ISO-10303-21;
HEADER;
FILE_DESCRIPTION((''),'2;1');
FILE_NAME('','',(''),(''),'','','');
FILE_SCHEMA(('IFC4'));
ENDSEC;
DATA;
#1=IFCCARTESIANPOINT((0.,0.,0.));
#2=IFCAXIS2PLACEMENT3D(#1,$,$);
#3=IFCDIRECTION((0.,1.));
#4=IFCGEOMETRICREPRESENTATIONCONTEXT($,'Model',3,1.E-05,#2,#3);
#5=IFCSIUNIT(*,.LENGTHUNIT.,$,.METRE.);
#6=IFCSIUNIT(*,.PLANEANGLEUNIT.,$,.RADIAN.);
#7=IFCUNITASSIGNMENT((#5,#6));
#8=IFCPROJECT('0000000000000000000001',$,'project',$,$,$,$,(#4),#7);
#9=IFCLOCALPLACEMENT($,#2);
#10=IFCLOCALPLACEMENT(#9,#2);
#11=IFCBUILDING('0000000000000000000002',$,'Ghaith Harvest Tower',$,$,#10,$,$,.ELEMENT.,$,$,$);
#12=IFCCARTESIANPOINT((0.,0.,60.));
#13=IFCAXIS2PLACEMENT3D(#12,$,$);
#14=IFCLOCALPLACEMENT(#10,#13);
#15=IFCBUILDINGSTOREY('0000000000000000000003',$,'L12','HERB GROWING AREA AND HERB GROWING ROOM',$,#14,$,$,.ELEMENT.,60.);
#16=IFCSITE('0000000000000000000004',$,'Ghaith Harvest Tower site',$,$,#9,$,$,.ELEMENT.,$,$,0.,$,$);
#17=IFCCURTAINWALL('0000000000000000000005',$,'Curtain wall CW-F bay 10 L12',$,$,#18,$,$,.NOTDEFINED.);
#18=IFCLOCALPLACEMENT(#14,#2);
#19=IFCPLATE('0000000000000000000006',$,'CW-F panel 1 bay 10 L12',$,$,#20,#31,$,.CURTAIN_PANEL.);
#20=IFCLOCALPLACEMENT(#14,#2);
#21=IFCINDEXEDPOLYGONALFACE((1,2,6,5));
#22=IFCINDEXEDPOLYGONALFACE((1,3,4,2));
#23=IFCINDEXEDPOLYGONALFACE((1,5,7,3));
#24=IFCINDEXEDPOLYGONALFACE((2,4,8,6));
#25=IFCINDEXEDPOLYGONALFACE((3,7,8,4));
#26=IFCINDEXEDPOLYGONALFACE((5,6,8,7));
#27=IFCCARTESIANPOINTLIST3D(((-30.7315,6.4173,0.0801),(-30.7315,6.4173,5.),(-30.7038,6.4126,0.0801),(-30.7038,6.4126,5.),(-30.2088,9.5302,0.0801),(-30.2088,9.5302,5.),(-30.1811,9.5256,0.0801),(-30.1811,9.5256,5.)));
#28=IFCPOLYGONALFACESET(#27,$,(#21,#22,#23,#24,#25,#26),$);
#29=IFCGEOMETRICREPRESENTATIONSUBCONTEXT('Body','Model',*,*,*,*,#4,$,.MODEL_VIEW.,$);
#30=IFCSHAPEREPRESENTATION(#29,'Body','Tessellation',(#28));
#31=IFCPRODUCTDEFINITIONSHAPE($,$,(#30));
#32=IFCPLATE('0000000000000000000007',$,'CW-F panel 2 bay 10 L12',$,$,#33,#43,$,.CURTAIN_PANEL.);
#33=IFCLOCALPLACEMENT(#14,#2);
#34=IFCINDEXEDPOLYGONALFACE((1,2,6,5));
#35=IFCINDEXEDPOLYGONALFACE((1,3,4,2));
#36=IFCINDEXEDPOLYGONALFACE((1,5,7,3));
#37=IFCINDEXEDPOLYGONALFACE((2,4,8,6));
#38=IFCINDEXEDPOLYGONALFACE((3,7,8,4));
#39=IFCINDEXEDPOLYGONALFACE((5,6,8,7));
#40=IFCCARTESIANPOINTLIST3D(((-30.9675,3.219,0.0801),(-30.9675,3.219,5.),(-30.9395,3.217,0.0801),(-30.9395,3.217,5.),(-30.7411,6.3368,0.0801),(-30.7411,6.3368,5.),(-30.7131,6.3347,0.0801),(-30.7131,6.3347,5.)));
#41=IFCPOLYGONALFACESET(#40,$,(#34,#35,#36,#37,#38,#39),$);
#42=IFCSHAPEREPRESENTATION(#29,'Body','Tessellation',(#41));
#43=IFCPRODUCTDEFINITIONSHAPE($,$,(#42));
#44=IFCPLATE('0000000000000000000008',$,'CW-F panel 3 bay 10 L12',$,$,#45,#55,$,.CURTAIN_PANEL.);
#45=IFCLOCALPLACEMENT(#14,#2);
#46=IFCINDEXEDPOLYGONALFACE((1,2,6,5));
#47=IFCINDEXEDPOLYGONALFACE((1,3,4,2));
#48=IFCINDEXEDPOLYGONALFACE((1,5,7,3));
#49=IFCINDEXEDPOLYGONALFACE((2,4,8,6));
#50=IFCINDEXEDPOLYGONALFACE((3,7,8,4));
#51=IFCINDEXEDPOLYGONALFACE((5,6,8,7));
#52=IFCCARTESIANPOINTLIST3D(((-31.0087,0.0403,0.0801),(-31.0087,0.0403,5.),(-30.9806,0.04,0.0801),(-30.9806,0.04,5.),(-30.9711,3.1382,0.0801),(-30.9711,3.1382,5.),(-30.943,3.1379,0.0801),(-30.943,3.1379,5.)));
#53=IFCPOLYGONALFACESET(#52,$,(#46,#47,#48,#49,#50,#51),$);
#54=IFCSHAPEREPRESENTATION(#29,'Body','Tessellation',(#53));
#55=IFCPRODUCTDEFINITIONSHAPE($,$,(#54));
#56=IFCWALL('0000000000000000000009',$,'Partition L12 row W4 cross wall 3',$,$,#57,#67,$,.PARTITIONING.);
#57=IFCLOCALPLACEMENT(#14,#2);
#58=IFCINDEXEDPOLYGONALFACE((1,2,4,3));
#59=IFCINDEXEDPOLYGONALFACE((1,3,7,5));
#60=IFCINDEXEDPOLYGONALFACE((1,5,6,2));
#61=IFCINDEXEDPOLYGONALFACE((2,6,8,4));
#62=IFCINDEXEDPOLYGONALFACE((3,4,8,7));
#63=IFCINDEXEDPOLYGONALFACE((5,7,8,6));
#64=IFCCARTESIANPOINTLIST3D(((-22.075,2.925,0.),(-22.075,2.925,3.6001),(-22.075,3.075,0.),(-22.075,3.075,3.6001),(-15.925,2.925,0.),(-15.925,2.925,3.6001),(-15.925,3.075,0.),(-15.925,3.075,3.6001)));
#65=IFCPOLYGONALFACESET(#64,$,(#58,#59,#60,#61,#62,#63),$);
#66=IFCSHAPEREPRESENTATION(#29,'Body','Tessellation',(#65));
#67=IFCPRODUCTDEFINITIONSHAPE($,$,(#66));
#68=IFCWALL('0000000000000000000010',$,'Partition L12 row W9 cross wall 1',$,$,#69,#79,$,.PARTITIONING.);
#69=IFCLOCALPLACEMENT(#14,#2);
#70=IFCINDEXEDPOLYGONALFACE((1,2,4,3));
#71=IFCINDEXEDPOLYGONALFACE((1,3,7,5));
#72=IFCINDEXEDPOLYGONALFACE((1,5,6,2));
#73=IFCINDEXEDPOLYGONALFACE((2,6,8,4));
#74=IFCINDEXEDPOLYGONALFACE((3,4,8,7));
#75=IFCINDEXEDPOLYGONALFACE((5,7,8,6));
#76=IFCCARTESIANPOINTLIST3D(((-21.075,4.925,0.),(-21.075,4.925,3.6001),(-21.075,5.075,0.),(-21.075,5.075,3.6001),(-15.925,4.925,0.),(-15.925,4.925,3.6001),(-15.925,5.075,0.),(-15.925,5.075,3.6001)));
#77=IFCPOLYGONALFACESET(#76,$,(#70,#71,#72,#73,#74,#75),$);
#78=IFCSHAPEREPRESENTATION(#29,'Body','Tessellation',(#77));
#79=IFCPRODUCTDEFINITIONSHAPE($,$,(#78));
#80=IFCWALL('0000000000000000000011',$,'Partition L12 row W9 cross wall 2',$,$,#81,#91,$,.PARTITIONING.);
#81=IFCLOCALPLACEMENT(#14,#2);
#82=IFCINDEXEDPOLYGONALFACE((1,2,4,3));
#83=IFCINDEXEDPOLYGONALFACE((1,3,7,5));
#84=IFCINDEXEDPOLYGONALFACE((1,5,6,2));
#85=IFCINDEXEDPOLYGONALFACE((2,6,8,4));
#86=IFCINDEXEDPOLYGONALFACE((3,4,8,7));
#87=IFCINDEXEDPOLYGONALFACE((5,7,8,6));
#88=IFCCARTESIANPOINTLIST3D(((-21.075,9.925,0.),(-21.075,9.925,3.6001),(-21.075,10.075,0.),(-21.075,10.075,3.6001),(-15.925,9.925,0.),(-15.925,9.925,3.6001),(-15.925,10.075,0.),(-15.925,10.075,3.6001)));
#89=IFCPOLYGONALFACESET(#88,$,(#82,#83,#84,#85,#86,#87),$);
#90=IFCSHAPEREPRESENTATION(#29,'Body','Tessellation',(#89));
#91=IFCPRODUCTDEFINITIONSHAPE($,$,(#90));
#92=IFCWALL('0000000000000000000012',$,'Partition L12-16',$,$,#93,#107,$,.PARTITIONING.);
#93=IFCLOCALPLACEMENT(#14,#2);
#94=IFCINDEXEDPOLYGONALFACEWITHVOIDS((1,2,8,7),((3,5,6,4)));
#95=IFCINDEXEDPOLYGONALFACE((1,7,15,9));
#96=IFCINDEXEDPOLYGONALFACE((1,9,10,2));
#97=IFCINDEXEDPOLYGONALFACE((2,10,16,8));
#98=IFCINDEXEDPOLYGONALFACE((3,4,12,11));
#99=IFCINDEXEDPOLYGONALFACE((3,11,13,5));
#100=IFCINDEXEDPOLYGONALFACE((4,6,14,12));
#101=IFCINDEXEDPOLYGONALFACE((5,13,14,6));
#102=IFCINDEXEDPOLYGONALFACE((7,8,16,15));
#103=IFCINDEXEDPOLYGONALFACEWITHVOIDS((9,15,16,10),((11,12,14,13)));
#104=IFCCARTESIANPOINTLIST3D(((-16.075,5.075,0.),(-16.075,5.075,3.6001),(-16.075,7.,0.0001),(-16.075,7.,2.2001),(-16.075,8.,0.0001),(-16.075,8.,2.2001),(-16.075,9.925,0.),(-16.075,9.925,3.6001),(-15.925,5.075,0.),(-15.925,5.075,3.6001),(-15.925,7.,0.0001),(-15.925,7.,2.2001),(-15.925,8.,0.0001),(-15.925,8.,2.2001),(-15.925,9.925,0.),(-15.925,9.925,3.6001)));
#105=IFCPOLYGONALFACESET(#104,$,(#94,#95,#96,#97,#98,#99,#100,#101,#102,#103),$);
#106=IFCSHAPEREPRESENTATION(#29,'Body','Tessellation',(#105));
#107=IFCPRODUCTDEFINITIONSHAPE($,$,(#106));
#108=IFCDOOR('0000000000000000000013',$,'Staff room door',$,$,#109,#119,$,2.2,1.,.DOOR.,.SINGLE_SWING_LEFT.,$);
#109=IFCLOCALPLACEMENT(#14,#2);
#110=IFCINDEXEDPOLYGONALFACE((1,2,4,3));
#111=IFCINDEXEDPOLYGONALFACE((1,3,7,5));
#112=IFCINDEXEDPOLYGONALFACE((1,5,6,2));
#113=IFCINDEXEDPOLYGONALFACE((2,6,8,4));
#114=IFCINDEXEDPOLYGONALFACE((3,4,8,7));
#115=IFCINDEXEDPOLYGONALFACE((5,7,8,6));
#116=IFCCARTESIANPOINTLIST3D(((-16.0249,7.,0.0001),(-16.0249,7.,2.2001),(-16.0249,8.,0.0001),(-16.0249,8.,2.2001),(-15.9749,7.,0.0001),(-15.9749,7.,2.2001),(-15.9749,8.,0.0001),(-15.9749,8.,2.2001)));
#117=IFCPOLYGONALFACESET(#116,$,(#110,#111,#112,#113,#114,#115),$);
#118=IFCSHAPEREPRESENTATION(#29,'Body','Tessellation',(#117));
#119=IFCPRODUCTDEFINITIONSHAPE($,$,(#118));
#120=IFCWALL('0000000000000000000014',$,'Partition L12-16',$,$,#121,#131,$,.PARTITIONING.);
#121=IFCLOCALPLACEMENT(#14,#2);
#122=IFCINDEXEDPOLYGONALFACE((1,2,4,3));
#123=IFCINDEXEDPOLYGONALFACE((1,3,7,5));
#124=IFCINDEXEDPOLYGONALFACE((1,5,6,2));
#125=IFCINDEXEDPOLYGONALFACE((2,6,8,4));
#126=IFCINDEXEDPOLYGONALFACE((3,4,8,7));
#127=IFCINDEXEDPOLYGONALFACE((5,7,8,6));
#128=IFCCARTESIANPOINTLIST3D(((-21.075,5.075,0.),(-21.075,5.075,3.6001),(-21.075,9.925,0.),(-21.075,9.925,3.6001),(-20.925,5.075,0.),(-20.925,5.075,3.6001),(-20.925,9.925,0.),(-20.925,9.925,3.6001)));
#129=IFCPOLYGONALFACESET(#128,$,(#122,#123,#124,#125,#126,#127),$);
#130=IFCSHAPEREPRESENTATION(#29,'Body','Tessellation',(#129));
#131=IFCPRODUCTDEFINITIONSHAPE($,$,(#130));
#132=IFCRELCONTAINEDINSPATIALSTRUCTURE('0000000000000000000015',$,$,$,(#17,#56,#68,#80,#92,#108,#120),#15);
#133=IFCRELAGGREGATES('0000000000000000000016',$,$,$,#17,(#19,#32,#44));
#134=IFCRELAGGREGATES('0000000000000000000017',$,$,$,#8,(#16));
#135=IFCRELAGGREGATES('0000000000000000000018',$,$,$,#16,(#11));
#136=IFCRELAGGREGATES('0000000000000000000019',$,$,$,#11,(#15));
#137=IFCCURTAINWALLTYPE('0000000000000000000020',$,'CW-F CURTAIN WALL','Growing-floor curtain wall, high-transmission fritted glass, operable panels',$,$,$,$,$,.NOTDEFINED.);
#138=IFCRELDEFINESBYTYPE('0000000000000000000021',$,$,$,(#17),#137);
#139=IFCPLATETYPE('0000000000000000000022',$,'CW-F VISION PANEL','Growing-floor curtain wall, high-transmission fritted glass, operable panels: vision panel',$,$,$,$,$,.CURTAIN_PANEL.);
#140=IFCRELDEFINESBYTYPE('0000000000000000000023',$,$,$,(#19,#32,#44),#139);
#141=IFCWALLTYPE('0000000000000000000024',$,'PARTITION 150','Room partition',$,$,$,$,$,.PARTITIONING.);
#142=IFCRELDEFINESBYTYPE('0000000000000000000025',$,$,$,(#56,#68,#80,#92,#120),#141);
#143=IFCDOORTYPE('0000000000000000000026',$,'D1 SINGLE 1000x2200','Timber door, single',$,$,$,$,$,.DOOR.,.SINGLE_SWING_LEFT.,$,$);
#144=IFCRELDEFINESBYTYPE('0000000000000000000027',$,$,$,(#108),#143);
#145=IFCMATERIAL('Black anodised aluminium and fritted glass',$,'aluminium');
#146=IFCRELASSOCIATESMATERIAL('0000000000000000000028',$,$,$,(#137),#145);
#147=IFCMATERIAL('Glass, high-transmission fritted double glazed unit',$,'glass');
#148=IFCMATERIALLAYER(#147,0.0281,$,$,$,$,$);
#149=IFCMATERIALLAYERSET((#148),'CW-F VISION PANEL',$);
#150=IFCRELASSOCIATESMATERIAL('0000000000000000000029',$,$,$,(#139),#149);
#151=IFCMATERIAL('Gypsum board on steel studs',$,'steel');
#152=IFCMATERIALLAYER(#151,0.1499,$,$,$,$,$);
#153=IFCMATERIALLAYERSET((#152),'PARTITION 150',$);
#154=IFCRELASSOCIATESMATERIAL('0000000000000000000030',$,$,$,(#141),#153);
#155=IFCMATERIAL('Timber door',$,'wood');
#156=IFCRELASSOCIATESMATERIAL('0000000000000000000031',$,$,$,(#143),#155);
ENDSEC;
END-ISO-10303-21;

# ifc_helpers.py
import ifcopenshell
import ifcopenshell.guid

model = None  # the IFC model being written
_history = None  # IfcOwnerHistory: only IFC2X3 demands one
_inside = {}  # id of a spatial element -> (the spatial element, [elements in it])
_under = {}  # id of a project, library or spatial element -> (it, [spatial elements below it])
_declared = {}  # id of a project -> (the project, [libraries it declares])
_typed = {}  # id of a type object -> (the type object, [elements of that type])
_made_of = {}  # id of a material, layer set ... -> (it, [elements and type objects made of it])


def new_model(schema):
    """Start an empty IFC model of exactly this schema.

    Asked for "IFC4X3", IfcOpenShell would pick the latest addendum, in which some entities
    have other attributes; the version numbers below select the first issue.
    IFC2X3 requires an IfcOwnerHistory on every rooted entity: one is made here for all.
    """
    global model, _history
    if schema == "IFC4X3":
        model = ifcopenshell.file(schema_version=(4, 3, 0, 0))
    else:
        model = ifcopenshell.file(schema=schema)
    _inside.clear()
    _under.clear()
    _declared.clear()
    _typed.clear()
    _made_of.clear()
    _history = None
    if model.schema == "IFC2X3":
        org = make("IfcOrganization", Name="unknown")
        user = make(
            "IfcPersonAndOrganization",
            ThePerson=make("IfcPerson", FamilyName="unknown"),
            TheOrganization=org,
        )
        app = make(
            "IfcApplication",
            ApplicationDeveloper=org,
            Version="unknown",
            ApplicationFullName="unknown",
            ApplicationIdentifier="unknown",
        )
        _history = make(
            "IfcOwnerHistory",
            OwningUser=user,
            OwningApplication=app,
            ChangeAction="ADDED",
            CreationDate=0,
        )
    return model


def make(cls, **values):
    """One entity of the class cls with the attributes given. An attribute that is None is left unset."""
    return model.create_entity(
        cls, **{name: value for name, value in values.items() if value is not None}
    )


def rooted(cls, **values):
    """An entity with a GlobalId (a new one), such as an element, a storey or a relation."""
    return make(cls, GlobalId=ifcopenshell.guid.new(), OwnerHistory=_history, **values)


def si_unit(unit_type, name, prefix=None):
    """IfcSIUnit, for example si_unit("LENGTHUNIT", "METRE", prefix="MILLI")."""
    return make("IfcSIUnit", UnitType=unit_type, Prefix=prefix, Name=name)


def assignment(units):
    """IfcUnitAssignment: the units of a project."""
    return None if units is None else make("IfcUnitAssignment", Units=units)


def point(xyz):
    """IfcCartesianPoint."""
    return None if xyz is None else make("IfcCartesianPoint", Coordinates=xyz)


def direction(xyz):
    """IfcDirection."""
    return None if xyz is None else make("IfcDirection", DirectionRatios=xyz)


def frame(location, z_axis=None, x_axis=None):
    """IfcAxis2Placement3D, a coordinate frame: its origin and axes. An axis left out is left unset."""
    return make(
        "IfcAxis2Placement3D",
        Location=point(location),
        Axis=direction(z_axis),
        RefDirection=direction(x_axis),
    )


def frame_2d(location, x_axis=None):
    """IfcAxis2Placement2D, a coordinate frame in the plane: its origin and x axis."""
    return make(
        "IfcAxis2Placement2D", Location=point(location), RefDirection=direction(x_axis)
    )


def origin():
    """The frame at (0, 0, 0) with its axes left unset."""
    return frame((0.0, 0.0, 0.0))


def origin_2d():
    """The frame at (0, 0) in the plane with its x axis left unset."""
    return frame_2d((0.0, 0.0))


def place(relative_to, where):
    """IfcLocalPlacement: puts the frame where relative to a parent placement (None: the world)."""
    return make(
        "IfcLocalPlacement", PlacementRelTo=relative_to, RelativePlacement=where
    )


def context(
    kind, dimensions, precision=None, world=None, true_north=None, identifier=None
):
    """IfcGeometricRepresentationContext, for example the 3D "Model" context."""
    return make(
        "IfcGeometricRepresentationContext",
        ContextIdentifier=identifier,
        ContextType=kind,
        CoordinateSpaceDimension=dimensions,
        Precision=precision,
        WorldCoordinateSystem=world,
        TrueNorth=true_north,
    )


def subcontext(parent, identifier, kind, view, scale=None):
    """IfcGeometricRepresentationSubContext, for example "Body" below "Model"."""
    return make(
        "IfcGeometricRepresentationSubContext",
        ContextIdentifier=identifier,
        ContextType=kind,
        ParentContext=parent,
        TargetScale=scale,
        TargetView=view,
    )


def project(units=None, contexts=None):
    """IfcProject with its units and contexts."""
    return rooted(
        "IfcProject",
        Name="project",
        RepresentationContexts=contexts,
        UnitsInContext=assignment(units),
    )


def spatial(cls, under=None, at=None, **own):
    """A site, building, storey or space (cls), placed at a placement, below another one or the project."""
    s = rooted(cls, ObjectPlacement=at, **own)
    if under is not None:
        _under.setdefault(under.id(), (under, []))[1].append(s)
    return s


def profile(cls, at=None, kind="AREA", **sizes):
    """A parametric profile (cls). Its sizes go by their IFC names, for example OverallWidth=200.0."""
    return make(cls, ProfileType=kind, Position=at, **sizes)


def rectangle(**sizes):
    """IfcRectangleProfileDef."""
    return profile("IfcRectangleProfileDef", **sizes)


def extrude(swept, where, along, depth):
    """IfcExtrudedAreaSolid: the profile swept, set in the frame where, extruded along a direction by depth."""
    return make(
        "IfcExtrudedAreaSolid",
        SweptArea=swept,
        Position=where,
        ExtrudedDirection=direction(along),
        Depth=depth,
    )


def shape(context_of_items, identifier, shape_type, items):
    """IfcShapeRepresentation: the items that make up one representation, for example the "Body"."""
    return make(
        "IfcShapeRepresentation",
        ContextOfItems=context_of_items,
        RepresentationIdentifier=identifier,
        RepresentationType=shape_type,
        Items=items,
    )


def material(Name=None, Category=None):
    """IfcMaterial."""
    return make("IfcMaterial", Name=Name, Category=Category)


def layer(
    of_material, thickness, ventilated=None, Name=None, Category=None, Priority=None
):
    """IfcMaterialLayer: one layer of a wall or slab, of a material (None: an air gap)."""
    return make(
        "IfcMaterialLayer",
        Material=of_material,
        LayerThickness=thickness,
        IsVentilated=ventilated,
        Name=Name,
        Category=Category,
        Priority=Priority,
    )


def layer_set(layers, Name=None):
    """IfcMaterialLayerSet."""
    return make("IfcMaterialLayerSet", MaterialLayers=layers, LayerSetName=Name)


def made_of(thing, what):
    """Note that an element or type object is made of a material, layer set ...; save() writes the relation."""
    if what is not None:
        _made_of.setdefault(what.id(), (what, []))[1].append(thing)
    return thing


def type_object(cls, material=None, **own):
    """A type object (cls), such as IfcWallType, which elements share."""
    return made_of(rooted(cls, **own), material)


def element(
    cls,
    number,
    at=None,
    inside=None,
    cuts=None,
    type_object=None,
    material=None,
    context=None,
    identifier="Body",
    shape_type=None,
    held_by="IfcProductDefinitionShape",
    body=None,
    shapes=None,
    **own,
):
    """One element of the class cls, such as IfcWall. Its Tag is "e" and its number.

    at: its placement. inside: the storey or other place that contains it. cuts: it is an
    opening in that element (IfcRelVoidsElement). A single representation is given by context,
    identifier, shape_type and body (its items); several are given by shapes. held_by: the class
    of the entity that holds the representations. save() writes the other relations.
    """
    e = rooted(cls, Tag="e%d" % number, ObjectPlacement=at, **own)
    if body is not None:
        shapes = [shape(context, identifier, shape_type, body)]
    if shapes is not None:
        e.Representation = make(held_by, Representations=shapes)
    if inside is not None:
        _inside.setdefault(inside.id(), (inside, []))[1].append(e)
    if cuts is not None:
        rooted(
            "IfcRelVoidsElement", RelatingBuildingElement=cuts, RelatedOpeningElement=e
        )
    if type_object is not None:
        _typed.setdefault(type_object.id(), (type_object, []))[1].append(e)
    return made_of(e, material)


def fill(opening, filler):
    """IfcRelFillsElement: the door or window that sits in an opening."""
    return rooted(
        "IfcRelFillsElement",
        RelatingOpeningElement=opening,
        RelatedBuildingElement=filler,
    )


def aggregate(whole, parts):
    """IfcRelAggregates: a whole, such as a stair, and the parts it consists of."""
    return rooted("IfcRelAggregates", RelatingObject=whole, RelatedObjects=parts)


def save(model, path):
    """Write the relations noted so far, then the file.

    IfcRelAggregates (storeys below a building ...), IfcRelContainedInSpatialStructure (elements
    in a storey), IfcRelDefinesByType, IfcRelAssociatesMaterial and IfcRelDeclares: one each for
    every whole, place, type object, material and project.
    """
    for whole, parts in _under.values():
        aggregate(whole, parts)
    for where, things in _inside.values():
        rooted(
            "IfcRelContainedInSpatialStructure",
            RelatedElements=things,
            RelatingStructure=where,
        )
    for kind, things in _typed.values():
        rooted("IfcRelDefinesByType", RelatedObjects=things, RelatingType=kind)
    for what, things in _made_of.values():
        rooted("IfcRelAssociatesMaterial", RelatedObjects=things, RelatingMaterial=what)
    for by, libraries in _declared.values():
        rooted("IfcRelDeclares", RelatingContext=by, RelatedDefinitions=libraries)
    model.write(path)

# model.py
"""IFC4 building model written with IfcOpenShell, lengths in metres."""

from ifc_helpers import new_model, si_unit, direction, frame, frame_2d, origin, origin_2d, place, context, subcontext, project, spatial, rectangle, extrude, material, layer, layer_set, type_object, element, fill, aggregate, save


model = new_model("IFC4")

# Units and contexts
model_context = context("Model", 3, precision=1e-05, world=origin(), true_north=direction((0.0, 1.0)))
body_context = subcontext(model_context, "Body", "Model", "MODEL_VIEW")
ifc_project = project(units=[si_unit("LENGTHUNIT", "METRE"), si_unit("PLANEANGLEUNIT", "RADIAN")], contexts=[model_context])

# Site, building, storey
site_placement = place(None, origin())
site = spatial("IfcSite", under=ifc_project, at=site_placement, Name="Ghaith Harvest Tower site", CompositionType="ELEMENT", RefElevation=0.0)
building_placement = place(site_placement, origin())
building = spatial("IfcBuilding", under=site, at=building_placement, Name="Ghaith Harvest Tower", CompositionType="ELEMENT")
storey_placement = place(building_placement, frame((0.0, 0.0, 60.0)))
storey = spatial("IfcBuildingStorey", under=building, at=storey_placement, Name="L12", Description="HERB GROWING AREA AND HERB GROWING ROOM", CompositionType="ELEMENT", Elevation=60.0)

# Curtain wall
ifc_material_1 = material(Name="Black anodised aluminium and fritted glass", Category="aluminium")
curtain_wall_type = type_object("IfcCurtainWallType", Name="CW-F CURTAIN WALL", Description="Growing-floor curtain wall, high-transmission fritted glass, operable panels", PredefinedType="NOTDEFINED", material=ifc_material_1)
curtain_wall_1_placement = place(storey_placement, origin())
curtain_wall_1 = element("IfcCurtainWall", 1, at=curtain_wall_1_placement, inside=storey, type_object=curtain_wall_type, Name="Curtain wall CW-F bay 10 L12", PredefinedType="NOTDEFINED")

# Shared definitions
ifc_material_2 = material(Name="Glass, high-transmission fritted double glazed unit", Category="glass")
ifc_layer_1 = layer(ifc_material_2, 0.0281)
ifc_layer_set_1 = layer_set([ifc_layer_1], Name="CW-F VISION PANEL")
plate_type = type_object("IfcPlateType", Name="CW-F VISION PANEL", Description="Growing-floor curtain wall, high-transmission fritted glass, operable panels: vision panel", PredefinedType="CURTAIN_PANEL", material=ifc_layer_set_1)

# Plates
plate_1_placement = place(storey_placement, frame((-30.4563, 7.9714, 0.0801), z_axis=(0.0, 0.0, 1.0), x_axis=(-0.165581, -0.986196, 0.0)))
plate_1 = element("IfcPlate", 2, at=plate_1_placement, type_object=plate_type, Name="CW-F panel 1 bay 10 L12", PredefinedType="CURTAIN_PANEL", context=body_context, shape_type="SweptSolid", body=[
    extrude(rectangle(XDim=3.1565, YDim=0.0281, at=origin_2d()), origin(), (0.0, 0.0, 1.0), 4.9199),
])
plate_2_placement = place(storey_placement, frame((-30.8403, 4.7769, 0.0801), z_axis=(0.0, 0.0, 1.0), x_axis=(-0.072421, -0.997374, 0.0)))
plate_2 = element("IfcPlate", 3, at=plate_2_placement, type_object=plate_type, Name="CW-F panel 2 bay 10 L12", PredefinedType="CURTAIN_PANEL", context=body_context, shape_type="SweptSolid", body=[
    extrude(rectangle(XDim=3.126, YDim=0.0281, at=origin_2d()), origin(), (0.0, 0.0, 1.0), 4.9199),
])
plate_3_placement = place(storey_placement, frame((-30.9758, 1.5891, 0.0801), z_axis=(0.0, 0.0, 1.0), x_axis=(-0.012133, -0.999926, 0.0)))
plate_3 = element("IfcPlate", 4, at=plate_3_placement, type_object=plate_type, Name="CW-F panel 3 bay 10 L12", PredefinedType="CURTAIN_PANEL", context=body_context, shape_type="SweptSolid", body=[
    extrude(rectangle(XDim=3.0981, YDim=0.0281, at=origin_2d()), origin(), (0.0, 0.0, 1.0), 4.9199),
])
aggregate(curtain_wall_1, [plate_1, plate_2, plate_3])

# Walls
ifc_material_3 = material(Name="Gypsum board on steel studs", Category="steel")
ifc_layer_2 = layer(ifc_material_3, 0.1499)
ifc_layer_set_2 = layer_set([ifc_layer_2], Name="PARTITION 150")
wall_type_1 = type_object("IfcWallType", Name="PARTITION 150", Description="Room partition", PredefinedType="PARTITIONING", material=ifc_layer_set_2)
wall_1_placement = place(storey_placement, frame((-15.925, 3.0, 0.0), z_axis=(0.0, 0.0, 1.0), x_axis=(-1.0, 0.0, 0.0)))
element("IfcWall", 5, at=wall_1_placement, inside=storey, type_object=wall_type_1, Name="Partition L12 row W4 cross wall 3", PredefinedType="PARTITIONING", context=body_context, shape_type="SweptSolid", body=[
    extrude(rectangle(XDim=6.1499, YDim=0.1499, at=frame_2d((3.075, 0.0))), origin(), (0.0, 0.0, 1.0), 3.6001),
])
for number, where, z_axis, x_axis, name in (
    (6, (-15.925, 5.0, 0.0), (0.0, 0.0, 1.0), (-1.0, 0.0, 0.0), "Partition L12 row W9 cross wall 1"),
    (7, (-15.925, 10.0, 0.0), (0.0, 0.0, 1.0), (-1.0, 0.0, 0.0), "Partition L12 row W9 cross wall 2"),
):
    element("IfcWall", number, at=place(storey_placement, frame(where, z_axis=z_axis, x_axis=x_axis)), inside=storey, type_object=wall_type_1, Name=name, PredefinedType="PARTITIONING", context=body_context, shape_type="SweptSolid", body=[
        extrude(rectangle(XDim=5.1499, YDim=0.1499, at=frame_2d((2.575, 0.0))), origin(), (0.0, 0.0, 1.0), 3.6001),
    ])

# Wall, opening, door
wall_2_placement = place(storey_placement, frame((-16.0, 5.075, 0.0), z_axis=(0.0, 0.0, 1.0), x_axis=(0.0, 1.0, 0.0)))
wall_2 = element("IfcWall", 8, at=wall_2_placement, inside=storey, type_object=wall_type_1, Name="Partition L12-16", PredefinedType="PARTITIONING", context=body_context, shape_type="SweptSolid", body=[
    extrude(rectangle(XDim=4.8501, YDim=0.1499, at=frame_2d((2.425, 0.0))), origin(), (0.0, 0.0, 1.0), 3.6001),
])
opening_1_placement = place(wall_2_placement, frame((1.925, 0.0, 0.0)))
opening_1 = element("IfcOpeningElement", 9, at=opening_1_placement, cuts=wall_2, PredefinedType="OPENING", context=body_context, shape_type="SweptSolid", body=[
    extrude(rectangle(XDim=1.0, YDim=2.2, at=frame_2d((0.5, 1.1001))), frame((0.0, 0.085, 0.0), z_axis=(0.0, -1.0, 0.0), x_axis=(1.0, 0.0, 0.0)), (0.0, 0.0, 1.0), 0.1699),
])
ifc_material_4 = material(Name="Timber door", Category="wood")
door_type_1 = type_object("IfcDoorType", Name="D1 SINGLE 1000x2200", Description="Timber door, single", OperationType="SINGLE_SWING_LEFT", PredefinedType="DOOR", material=ifc_material_4)
door_1_placement = place(opening_1_placement, origin())
door_1 = element("IfcDoor", 10, at=door_1_placement, inside=storey, type_object=door_type_1, Name="Staff room door", OperationType="SINGLE_SWING_LEFT", OverallHeight=2.2, OverallWidth=1.0, PredefinedType="DOOR", context=body_context, shape_type="SweptSolid", body=[
    extrude(rectangle(XDim=1.0, YDim=2.2, at=frame_2d((0.5, 1.1001))), frame((0.0, 0.0249, 0.0), z_axis=(0.0, -1.0, 0.0), x_axis=(1.0, 0.0, 0.0)), (0.0, 0.0, 1.0), 0.05),
])
fill(opening_1, door_1)

# Wall
wall_3_placement = place(storey_placement, frame((-21.0, 5.075, 0.0), z_axis=(0.0, 0.0, 1.0), x_axis=(0.0, 1.0, 0.0)))
element("IfcWall", 11, at=wall_3_placement, inside=storey, type_object=wall_type_1, Name="Partition L12-16", PredefinedType="PARTITIONING", context=body_context, shape_type="SweptSolid", body=[
    extrude(rectangle(XDim=4.8501, YDim=0.1499, at=frame_2d((2.425, 0.0))), origin(), (0.0, 0.0, 1.0), 3.6001),
])

save(model, "model.ifc")
